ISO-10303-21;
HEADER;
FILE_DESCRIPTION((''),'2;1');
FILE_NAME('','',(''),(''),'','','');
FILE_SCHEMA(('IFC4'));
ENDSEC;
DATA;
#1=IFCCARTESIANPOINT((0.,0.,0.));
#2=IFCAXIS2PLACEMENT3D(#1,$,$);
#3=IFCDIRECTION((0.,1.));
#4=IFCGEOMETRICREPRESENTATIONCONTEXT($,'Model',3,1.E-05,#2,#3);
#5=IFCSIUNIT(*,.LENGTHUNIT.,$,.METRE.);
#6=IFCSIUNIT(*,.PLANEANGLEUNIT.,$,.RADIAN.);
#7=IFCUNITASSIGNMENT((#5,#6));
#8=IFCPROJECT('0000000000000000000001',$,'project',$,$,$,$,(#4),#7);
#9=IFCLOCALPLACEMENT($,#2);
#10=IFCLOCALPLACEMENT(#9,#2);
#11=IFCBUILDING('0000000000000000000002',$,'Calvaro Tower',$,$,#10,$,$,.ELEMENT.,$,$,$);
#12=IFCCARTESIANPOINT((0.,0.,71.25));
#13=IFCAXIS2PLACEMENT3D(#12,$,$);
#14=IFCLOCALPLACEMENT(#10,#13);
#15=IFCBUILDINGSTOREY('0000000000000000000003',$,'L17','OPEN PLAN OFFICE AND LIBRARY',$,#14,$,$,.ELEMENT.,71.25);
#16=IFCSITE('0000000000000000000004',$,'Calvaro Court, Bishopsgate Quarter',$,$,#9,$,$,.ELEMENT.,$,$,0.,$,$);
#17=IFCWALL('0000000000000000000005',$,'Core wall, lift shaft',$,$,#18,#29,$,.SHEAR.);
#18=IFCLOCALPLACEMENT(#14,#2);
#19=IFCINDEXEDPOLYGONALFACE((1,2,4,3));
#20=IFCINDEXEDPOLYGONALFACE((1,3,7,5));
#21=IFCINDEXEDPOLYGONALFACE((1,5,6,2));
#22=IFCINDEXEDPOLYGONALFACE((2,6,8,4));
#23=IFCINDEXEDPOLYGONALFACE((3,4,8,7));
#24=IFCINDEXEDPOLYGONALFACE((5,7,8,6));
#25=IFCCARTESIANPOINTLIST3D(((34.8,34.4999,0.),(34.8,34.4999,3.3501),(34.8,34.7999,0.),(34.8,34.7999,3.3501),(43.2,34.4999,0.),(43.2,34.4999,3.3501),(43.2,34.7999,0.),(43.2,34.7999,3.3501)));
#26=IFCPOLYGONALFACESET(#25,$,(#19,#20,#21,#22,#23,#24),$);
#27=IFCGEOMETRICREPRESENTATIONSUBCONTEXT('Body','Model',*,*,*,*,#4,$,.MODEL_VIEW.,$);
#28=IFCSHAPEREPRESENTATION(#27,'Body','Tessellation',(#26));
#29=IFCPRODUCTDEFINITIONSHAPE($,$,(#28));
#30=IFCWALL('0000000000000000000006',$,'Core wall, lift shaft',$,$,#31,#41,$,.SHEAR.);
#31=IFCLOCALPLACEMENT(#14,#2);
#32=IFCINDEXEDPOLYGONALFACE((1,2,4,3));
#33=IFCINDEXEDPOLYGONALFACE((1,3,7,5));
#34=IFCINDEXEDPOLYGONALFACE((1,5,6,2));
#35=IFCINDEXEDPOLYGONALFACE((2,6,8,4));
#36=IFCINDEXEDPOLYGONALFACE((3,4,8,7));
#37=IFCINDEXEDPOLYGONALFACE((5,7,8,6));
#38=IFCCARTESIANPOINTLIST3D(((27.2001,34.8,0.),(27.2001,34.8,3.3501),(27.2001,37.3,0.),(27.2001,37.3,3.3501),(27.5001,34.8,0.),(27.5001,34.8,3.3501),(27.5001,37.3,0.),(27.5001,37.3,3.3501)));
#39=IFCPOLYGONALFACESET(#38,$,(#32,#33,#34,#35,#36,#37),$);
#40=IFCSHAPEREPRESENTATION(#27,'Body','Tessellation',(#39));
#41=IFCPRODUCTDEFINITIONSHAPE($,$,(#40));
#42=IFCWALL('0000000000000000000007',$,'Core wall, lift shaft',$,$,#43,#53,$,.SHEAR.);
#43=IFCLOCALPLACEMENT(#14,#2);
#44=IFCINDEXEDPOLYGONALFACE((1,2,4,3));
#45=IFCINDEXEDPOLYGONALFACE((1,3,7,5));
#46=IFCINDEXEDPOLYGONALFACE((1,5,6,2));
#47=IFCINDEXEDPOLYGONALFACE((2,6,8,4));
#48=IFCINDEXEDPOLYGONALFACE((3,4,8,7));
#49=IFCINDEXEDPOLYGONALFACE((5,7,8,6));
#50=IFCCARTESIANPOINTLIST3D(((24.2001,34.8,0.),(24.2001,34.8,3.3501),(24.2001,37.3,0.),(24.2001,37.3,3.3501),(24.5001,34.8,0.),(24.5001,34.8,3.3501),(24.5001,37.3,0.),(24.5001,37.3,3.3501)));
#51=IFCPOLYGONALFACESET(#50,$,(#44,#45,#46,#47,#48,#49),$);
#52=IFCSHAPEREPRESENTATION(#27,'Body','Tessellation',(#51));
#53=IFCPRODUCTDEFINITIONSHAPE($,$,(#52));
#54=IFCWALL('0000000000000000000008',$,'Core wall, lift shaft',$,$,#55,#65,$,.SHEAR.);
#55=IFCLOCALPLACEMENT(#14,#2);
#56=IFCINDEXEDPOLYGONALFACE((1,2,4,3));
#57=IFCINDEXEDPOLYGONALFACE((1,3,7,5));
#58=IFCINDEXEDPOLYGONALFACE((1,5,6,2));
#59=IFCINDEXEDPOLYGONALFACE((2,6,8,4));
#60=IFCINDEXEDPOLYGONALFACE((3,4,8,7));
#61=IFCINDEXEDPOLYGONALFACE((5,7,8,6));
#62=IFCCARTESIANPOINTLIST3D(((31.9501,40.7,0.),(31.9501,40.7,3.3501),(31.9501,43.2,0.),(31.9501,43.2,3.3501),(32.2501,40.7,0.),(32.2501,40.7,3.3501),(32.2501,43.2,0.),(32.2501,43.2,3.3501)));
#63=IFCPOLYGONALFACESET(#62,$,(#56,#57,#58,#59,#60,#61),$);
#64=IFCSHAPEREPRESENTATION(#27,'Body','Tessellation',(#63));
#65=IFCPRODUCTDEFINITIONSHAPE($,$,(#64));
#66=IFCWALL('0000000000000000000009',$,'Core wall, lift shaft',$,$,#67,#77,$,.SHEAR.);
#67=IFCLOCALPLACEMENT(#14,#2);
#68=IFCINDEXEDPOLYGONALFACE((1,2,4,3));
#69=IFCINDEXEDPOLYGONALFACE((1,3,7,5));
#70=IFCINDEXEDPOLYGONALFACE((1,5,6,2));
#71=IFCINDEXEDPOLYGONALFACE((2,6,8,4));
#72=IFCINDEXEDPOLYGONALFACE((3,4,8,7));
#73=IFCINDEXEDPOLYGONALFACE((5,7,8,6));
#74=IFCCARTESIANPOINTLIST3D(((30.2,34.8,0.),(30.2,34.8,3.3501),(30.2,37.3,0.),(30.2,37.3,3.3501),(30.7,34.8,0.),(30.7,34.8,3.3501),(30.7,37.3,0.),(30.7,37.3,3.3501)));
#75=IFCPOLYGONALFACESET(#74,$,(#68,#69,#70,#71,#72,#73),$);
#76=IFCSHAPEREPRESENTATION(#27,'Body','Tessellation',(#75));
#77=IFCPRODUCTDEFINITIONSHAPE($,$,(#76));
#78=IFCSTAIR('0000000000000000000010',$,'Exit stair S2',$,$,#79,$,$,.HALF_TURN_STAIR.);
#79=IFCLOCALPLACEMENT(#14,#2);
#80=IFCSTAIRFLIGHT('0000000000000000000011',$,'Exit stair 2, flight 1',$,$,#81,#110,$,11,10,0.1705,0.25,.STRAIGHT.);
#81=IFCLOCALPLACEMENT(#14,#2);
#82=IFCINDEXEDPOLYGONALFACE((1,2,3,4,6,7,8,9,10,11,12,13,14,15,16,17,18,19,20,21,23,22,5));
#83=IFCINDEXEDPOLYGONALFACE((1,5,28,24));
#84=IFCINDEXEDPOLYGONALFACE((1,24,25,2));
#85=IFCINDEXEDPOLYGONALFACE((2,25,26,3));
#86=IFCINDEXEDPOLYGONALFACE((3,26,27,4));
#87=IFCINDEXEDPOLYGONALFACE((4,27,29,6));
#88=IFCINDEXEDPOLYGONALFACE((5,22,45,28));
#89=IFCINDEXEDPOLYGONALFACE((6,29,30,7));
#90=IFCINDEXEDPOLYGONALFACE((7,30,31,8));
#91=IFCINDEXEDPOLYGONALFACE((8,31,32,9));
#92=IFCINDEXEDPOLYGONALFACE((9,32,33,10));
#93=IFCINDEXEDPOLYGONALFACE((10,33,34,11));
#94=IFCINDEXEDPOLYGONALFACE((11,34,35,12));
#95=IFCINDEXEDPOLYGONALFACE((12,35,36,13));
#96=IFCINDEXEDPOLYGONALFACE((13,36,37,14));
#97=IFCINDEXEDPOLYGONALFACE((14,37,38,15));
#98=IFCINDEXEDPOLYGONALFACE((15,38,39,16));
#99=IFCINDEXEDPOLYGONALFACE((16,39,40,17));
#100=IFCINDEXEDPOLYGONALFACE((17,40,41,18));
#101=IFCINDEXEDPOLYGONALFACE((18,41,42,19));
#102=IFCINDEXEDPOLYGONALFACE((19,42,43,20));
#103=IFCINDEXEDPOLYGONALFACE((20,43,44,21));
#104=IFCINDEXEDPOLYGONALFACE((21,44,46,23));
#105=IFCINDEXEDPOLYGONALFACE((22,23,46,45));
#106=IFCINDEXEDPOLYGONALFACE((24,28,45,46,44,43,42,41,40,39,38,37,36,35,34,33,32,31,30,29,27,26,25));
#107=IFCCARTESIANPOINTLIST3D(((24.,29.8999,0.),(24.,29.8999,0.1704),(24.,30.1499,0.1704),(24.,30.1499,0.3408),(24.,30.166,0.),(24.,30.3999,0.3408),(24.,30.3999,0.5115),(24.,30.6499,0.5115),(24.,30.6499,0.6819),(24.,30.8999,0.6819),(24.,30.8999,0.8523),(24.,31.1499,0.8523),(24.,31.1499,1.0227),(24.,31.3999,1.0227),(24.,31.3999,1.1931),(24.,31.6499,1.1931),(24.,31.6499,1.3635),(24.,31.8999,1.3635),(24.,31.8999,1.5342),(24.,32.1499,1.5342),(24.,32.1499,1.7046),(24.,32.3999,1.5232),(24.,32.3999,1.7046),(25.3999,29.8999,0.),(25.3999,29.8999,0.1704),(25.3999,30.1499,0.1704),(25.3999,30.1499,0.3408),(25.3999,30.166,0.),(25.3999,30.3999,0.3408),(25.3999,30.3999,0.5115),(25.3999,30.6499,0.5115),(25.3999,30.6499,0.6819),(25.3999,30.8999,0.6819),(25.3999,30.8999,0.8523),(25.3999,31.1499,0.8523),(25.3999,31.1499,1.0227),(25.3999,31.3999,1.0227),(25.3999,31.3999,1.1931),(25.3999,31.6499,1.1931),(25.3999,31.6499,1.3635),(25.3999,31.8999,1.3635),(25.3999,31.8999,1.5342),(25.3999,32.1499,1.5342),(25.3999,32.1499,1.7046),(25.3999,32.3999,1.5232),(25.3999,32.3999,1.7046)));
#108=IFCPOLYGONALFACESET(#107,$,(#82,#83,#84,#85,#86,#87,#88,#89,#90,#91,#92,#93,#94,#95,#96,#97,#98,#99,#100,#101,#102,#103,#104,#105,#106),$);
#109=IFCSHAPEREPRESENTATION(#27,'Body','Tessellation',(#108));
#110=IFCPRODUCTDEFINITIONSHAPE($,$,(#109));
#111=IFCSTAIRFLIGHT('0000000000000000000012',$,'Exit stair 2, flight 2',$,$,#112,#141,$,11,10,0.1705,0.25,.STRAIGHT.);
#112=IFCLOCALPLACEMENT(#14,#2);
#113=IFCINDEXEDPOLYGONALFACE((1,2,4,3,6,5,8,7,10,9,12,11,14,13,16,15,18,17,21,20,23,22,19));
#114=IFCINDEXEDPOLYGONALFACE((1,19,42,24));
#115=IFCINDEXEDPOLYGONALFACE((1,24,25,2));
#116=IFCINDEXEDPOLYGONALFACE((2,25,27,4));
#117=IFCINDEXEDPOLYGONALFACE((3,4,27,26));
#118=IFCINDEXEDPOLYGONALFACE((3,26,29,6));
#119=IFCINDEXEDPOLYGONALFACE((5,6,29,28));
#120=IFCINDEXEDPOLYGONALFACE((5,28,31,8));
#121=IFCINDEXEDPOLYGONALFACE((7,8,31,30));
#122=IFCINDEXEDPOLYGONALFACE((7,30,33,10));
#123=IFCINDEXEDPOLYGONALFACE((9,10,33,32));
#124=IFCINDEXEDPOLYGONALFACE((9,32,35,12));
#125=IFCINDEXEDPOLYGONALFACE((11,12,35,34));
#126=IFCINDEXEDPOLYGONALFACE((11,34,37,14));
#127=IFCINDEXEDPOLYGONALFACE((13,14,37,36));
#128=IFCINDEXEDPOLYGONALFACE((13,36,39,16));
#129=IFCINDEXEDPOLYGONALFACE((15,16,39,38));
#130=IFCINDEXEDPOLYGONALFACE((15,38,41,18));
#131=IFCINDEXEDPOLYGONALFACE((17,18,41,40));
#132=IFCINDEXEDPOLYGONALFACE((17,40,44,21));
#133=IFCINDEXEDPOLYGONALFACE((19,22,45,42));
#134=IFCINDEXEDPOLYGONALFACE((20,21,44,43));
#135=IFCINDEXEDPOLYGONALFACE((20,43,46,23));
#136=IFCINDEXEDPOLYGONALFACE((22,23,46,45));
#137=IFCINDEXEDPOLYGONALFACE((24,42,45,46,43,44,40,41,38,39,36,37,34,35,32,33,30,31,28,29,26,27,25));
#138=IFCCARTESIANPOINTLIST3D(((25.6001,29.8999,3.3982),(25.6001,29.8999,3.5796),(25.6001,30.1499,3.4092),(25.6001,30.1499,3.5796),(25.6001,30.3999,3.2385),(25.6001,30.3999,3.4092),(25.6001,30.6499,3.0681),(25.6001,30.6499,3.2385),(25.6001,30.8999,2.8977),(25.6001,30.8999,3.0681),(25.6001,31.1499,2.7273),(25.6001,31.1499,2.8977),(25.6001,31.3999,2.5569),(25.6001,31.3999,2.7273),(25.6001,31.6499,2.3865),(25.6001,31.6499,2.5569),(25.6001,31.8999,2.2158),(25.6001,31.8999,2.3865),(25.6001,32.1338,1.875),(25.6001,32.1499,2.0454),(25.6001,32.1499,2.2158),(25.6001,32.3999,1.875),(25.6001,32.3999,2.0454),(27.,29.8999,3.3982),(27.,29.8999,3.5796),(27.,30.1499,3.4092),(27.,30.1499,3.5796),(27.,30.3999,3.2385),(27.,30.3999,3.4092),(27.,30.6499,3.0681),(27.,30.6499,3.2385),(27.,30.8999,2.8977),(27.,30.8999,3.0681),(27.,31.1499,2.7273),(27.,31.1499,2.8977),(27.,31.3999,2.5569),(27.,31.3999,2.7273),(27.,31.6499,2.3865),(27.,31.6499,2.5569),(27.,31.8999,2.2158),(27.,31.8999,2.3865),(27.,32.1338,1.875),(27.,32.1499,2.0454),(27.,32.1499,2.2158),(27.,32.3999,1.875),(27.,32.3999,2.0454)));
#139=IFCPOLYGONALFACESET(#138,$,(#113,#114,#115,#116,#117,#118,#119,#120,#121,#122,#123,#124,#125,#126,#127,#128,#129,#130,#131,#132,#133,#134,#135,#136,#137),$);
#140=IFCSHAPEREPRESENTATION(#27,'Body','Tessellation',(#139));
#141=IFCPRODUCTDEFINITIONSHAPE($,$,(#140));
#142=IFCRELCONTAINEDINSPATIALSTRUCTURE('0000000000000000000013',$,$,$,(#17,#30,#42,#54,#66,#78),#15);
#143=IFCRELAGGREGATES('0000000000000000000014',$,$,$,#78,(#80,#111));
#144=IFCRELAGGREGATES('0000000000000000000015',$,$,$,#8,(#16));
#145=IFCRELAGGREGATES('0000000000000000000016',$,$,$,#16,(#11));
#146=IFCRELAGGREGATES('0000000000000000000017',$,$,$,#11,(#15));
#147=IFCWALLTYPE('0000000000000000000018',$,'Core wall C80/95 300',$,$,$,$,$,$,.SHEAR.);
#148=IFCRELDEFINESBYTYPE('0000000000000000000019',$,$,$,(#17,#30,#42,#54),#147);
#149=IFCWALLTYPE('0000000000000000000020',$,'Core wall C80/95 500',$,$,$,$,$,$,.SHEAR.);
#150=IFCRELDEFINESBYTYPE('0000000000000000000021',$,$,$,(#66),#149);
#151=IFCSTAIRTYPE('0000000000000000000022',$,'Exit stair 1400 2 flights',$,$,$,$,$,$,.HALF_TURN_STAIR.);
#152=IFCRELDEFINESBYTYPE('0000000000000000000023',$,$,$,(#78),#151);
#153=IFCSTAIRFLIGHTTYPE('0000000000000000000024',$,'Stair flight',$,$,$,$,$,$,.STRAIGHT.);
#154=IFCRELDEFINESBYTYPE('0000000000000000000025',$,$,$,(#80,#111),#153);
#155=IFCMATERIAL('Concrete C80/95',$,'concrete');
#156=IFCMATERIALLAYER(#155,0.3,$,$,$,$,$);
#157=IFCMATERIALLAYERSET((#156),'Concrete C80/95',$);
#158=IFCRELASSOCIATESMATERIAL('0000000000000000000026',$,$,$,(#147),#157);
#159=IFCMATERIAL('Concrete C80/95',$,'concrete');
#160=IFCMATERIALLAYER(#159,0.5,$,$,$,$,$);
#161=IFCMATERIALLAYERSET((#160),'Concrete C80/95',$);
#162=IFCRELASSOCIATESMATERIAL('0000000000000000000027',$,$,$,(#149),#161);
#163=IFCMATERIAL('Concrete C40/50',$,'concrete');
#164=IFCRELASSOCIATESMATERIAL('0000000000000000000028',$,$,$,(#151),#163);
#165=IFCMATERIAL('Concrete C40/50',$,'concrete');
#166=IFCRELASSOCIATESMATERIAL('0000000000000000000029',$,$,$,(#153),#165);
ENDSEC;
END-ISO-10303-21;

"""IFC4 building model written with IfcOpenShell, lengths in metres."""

from ifc_helpers import new_model, si_unit, direction, frame, frame_2d, origin, place, context, subcontext, project, spatial, polyline, rectangle, outline, extrude, material, layer, layer_set, type_object, element, aggregate, save


model = new_model("IFC4")

# Units and contexts
model_context = context("Model", 3, precision=1e-05, world=origin(), true_north=direction((0.0, 1.0)))
body_context = subcontext(model_context, "Body", "Model", "MODEL_VIEW")
ifc_project = project(units=[si_unit("LENGTHUNIT", "METRE"), si_unit("PLANEANGLEUNIT", "RADIAN")], contexts=[model_context])

# Site, building, storey
site_placement = place(None, origin())
site = spatial("IfcSite", under=ifc_project, at=site_placement, Name="Calvaro Court, Bishopsgate Quarter", CompositionType="ELEMENT", RefElevation=0.0)
building_placement = place(site_placement, origin())
building = spatial("IfcBuilding", under=site, at=building_placement, Name="Calvaro Tower", CompositionType="ELEMENT")
storey_placement = place(building_placement, frame((0.0, 0.0, 71.25)))
storey = spatial("IfcBuildingStorey", under=building, at=storey_placement, Name="L17", Description="OPEN PLAN OFFICE AND LIBRARY", CompositionType="ELEMENT", Elevation=71.25)

# Walls
ifc_material_1 = material(Name="Concrete C80/95", Category="concrete")
ifc_layer_1 = layer(ifc_material_1, 0.3)
ifc_layer_set_1 = layer_set([ifc_layer_1], Name="Concrete C80/95")
wall_type_1 = type_object("IfcWallType", Name="Core wall C80/95 300", PredefinedType="SHEAR", material=ifc_layer_set_1)
wall_1_placement = place(storey_placement, frame((34.8, 34.6499, 0.0), z_axis=(0.0, 0.0, 1.0), x_axis=(1.0, 0.0, 0.0)))
element("IfcWall", 1, at=wall_1_placement, inside=storey, type_object=wall_type_1, Name="Core wall, lift shaft", PredefinedType="SHEAR", context=body_context, shape_type="SweptSolid", body=[
    extrude(rectangle(XDim=8.3999, YDim=0.3, at=frame_2d((4.2, 0.0))), origin(), (0.0, 0.0, 1.0), 3.3501),
])
for number, where, z_axis, x_axis, name in (
    (2, (27.3501, 34.8, 0.0), (0.0, 0.0, 1.0), (0.0, 1.0, 0.0), "Core wall, lift shaft"),
    (3, (24.3501, 34.8, 0.0), (0.0, 0.0, 1.0), (0.0, 1.0, 0.0), "Core wall, lift shaft"),
    (4, (32.1001, 40.7, 0.0), (0.0, 0.0, 1.0), (0.0, 1.0, 0.0), "Core wall, lift shaft"),
):
    element("IfcWall", number, at=place(storey_placement, frame(where, z_axis=z_axis, x_axis=x_axis)), inside=storey, type_object=wall_type_1, Name=name, PredefinedType="SHEAR", context=body_context, shape_type="SweptSolid", body=[
        extrude(rectangle(XDim=2.5, YDim=0.3, at=frame_2d((1.25, 0.0))), origin(), (0.0, 0.0, 1.0), 3.3501),
    ])
ifc_material_2 = material(Name="Concrete C80/95", Category="concrete")
ifc_layer_2 = layer(ifc_material_2, 0.5)
ifc_layer_set_2 = layer_set([ifc_layer_2], Name="Concrete C80/95")
wall_type_2 = type_object("IfcWallType", Name="Core wall C80/95 500", PredefinedType="SHEAR", material=ifc_layer_set_2)
wall_2_placement = place(storey_placement, frame((30.45, 34.8, 0.0), z_axis=(0.0, 0.0, 1.0), x_axis=(0.0, 1.0, 0.0)))
element("IfcWall", 5, at=wall_2_placement, inside=storey, type_object=wall_type_2, Name="Core wall, lift shaft", PredefinedType="SHEAR", context=body_context, shape_type="SweptSolid", body=[
    extrude(rectangle(XDim=2.5, YDim=0.5, at=frame_2d((1.25, 0.0))), origin(), (0.0, 0.0, 1.0), 3.3501),
])

# Stair, stair flights
ifc_material_3 = material(Name="Concrete C40/50", Category="concrete")
stair_type = type_object("IfcStairType", Name="Exit stair 1400 2 flights", PredefinedType="HALF_TURN_STAIR", material=ifc_material_3)
stair_placement = place(storey_placement, origin())
stair = element("IfcStair", 6, at=stair_placement, inside=storey, type_object=stair_type, Name="Exit stair S2", PredefinedType="HALF_TURN_STAIR")
ifc_material_4 = material(Name="Concrete C40/50", Category="concrete")
stair_flight_type = type_object("IfcStairFlightType", Name="Stair flight", PredefinedType="STRAIGHT", material=ifc_material_4)
stair_flight_1_placement = place(storey_placement, frame((24.7, 29.8999, 0.0), z_axis=(0.0, 0.0, 1.0), x_axis=(0.0, 1.0, 0.0)))
stair_flight_1 = element("IfcStairFlight", 7, at=stair_flight_1_placement, type_object=stair_flight_type, Name="Exit stair 2, flight 1", NumberOfRisers=11, NumberOfTreads=10, PredefinedType="STRAIGHT", RiserHeight=0.1705, TreadLength=0.25, context=body_context, shape_type="SweptSolid", body=[
    extrude(outline(polyline([(0.0, 0.0), (0.0, 0.1704), (0.25, 0.1704), (0.25, 0.3408), (0.5, 0.3408), (0.5, 0.5115), (0.75, 0.5115), (0.75, 0.6819), (1.0, 0.6819), (1.0, 0.8523), (1.25, 0.8523), (1.25, 1.0227), (1.5, 1.0227), (1.5, 1.1931), (1.75, 1.1931), (1.75, 1.3635), (2.0, 1.3635), (2.0, 1.5342), (2.25, 1.5342), (2.25, 1.7046), (2.5, 1.7046), (2.5, 1.875), (2.5, 1.5232), (0.2661, 0.0), (0.0, 0.0)])), frame((0.0, 0.7, 0.0), z_axis=(0.0, -1.0, 0.0), x_axis=(1.0, 0.0, 0.0)), (0.0, 0.0, 1.0), 1.3999),
])
stair_flight_2_placement = place(storey_placement, frame((26.3, 32.3999, 1.875), z_axis=(0.0, 0.0, 1.0), x_axis=(0.0, -1.0, 0.0)))
stair_flight_2 = element("IfcStairFlight", 8, at=stair_flight_2_placement, type_object=stair_flight_type, Name="Exit stair 2, flight 2", NumberOfRisers=11, NumberOfTreads=10, PredefinedType="STRAIGHT", RiserHeight=0.1705, TreadLength=0.25, context=body_context, shape_type="SweptSolid", body=[
    extrude(outline(polyline([(0.0, 0.0), (0.0, 0.1704), (0.25, 0.1704), (0.25, 0.3408), (0.5, 0.3408), (0.5, 0.5115), (0.75, 0.5115), (0.75, 0.6819), (1.0, 0.6819), (1.0, 0.8523), (1.25, 0.8523), (1.25, 1.0227), (1.5, 1.0227), (1.5, 1.1931), (1.75, 1.1931), (1.75, 1.3635), (2.0, 1.3635), (2.0, 1.5342), (2.25, 1.5342), (2.25, 1.7046), (2.5, 1.7046), (2.5, 1.875), (2.5, 1.5232), (0.2661, 0.0), (0.0, 0.0)])), frame((0.0, 0.7, 0.0), z_axis=(0.0, -1.0, 0.0), x_axis=(1.0, 0.0, 0.0)), (0.0, 0.0, 1.0), 1.3999),
])
aggregate(stair, [stair_flight_1, stair_flight_2])

save(model, "model.ifc")
